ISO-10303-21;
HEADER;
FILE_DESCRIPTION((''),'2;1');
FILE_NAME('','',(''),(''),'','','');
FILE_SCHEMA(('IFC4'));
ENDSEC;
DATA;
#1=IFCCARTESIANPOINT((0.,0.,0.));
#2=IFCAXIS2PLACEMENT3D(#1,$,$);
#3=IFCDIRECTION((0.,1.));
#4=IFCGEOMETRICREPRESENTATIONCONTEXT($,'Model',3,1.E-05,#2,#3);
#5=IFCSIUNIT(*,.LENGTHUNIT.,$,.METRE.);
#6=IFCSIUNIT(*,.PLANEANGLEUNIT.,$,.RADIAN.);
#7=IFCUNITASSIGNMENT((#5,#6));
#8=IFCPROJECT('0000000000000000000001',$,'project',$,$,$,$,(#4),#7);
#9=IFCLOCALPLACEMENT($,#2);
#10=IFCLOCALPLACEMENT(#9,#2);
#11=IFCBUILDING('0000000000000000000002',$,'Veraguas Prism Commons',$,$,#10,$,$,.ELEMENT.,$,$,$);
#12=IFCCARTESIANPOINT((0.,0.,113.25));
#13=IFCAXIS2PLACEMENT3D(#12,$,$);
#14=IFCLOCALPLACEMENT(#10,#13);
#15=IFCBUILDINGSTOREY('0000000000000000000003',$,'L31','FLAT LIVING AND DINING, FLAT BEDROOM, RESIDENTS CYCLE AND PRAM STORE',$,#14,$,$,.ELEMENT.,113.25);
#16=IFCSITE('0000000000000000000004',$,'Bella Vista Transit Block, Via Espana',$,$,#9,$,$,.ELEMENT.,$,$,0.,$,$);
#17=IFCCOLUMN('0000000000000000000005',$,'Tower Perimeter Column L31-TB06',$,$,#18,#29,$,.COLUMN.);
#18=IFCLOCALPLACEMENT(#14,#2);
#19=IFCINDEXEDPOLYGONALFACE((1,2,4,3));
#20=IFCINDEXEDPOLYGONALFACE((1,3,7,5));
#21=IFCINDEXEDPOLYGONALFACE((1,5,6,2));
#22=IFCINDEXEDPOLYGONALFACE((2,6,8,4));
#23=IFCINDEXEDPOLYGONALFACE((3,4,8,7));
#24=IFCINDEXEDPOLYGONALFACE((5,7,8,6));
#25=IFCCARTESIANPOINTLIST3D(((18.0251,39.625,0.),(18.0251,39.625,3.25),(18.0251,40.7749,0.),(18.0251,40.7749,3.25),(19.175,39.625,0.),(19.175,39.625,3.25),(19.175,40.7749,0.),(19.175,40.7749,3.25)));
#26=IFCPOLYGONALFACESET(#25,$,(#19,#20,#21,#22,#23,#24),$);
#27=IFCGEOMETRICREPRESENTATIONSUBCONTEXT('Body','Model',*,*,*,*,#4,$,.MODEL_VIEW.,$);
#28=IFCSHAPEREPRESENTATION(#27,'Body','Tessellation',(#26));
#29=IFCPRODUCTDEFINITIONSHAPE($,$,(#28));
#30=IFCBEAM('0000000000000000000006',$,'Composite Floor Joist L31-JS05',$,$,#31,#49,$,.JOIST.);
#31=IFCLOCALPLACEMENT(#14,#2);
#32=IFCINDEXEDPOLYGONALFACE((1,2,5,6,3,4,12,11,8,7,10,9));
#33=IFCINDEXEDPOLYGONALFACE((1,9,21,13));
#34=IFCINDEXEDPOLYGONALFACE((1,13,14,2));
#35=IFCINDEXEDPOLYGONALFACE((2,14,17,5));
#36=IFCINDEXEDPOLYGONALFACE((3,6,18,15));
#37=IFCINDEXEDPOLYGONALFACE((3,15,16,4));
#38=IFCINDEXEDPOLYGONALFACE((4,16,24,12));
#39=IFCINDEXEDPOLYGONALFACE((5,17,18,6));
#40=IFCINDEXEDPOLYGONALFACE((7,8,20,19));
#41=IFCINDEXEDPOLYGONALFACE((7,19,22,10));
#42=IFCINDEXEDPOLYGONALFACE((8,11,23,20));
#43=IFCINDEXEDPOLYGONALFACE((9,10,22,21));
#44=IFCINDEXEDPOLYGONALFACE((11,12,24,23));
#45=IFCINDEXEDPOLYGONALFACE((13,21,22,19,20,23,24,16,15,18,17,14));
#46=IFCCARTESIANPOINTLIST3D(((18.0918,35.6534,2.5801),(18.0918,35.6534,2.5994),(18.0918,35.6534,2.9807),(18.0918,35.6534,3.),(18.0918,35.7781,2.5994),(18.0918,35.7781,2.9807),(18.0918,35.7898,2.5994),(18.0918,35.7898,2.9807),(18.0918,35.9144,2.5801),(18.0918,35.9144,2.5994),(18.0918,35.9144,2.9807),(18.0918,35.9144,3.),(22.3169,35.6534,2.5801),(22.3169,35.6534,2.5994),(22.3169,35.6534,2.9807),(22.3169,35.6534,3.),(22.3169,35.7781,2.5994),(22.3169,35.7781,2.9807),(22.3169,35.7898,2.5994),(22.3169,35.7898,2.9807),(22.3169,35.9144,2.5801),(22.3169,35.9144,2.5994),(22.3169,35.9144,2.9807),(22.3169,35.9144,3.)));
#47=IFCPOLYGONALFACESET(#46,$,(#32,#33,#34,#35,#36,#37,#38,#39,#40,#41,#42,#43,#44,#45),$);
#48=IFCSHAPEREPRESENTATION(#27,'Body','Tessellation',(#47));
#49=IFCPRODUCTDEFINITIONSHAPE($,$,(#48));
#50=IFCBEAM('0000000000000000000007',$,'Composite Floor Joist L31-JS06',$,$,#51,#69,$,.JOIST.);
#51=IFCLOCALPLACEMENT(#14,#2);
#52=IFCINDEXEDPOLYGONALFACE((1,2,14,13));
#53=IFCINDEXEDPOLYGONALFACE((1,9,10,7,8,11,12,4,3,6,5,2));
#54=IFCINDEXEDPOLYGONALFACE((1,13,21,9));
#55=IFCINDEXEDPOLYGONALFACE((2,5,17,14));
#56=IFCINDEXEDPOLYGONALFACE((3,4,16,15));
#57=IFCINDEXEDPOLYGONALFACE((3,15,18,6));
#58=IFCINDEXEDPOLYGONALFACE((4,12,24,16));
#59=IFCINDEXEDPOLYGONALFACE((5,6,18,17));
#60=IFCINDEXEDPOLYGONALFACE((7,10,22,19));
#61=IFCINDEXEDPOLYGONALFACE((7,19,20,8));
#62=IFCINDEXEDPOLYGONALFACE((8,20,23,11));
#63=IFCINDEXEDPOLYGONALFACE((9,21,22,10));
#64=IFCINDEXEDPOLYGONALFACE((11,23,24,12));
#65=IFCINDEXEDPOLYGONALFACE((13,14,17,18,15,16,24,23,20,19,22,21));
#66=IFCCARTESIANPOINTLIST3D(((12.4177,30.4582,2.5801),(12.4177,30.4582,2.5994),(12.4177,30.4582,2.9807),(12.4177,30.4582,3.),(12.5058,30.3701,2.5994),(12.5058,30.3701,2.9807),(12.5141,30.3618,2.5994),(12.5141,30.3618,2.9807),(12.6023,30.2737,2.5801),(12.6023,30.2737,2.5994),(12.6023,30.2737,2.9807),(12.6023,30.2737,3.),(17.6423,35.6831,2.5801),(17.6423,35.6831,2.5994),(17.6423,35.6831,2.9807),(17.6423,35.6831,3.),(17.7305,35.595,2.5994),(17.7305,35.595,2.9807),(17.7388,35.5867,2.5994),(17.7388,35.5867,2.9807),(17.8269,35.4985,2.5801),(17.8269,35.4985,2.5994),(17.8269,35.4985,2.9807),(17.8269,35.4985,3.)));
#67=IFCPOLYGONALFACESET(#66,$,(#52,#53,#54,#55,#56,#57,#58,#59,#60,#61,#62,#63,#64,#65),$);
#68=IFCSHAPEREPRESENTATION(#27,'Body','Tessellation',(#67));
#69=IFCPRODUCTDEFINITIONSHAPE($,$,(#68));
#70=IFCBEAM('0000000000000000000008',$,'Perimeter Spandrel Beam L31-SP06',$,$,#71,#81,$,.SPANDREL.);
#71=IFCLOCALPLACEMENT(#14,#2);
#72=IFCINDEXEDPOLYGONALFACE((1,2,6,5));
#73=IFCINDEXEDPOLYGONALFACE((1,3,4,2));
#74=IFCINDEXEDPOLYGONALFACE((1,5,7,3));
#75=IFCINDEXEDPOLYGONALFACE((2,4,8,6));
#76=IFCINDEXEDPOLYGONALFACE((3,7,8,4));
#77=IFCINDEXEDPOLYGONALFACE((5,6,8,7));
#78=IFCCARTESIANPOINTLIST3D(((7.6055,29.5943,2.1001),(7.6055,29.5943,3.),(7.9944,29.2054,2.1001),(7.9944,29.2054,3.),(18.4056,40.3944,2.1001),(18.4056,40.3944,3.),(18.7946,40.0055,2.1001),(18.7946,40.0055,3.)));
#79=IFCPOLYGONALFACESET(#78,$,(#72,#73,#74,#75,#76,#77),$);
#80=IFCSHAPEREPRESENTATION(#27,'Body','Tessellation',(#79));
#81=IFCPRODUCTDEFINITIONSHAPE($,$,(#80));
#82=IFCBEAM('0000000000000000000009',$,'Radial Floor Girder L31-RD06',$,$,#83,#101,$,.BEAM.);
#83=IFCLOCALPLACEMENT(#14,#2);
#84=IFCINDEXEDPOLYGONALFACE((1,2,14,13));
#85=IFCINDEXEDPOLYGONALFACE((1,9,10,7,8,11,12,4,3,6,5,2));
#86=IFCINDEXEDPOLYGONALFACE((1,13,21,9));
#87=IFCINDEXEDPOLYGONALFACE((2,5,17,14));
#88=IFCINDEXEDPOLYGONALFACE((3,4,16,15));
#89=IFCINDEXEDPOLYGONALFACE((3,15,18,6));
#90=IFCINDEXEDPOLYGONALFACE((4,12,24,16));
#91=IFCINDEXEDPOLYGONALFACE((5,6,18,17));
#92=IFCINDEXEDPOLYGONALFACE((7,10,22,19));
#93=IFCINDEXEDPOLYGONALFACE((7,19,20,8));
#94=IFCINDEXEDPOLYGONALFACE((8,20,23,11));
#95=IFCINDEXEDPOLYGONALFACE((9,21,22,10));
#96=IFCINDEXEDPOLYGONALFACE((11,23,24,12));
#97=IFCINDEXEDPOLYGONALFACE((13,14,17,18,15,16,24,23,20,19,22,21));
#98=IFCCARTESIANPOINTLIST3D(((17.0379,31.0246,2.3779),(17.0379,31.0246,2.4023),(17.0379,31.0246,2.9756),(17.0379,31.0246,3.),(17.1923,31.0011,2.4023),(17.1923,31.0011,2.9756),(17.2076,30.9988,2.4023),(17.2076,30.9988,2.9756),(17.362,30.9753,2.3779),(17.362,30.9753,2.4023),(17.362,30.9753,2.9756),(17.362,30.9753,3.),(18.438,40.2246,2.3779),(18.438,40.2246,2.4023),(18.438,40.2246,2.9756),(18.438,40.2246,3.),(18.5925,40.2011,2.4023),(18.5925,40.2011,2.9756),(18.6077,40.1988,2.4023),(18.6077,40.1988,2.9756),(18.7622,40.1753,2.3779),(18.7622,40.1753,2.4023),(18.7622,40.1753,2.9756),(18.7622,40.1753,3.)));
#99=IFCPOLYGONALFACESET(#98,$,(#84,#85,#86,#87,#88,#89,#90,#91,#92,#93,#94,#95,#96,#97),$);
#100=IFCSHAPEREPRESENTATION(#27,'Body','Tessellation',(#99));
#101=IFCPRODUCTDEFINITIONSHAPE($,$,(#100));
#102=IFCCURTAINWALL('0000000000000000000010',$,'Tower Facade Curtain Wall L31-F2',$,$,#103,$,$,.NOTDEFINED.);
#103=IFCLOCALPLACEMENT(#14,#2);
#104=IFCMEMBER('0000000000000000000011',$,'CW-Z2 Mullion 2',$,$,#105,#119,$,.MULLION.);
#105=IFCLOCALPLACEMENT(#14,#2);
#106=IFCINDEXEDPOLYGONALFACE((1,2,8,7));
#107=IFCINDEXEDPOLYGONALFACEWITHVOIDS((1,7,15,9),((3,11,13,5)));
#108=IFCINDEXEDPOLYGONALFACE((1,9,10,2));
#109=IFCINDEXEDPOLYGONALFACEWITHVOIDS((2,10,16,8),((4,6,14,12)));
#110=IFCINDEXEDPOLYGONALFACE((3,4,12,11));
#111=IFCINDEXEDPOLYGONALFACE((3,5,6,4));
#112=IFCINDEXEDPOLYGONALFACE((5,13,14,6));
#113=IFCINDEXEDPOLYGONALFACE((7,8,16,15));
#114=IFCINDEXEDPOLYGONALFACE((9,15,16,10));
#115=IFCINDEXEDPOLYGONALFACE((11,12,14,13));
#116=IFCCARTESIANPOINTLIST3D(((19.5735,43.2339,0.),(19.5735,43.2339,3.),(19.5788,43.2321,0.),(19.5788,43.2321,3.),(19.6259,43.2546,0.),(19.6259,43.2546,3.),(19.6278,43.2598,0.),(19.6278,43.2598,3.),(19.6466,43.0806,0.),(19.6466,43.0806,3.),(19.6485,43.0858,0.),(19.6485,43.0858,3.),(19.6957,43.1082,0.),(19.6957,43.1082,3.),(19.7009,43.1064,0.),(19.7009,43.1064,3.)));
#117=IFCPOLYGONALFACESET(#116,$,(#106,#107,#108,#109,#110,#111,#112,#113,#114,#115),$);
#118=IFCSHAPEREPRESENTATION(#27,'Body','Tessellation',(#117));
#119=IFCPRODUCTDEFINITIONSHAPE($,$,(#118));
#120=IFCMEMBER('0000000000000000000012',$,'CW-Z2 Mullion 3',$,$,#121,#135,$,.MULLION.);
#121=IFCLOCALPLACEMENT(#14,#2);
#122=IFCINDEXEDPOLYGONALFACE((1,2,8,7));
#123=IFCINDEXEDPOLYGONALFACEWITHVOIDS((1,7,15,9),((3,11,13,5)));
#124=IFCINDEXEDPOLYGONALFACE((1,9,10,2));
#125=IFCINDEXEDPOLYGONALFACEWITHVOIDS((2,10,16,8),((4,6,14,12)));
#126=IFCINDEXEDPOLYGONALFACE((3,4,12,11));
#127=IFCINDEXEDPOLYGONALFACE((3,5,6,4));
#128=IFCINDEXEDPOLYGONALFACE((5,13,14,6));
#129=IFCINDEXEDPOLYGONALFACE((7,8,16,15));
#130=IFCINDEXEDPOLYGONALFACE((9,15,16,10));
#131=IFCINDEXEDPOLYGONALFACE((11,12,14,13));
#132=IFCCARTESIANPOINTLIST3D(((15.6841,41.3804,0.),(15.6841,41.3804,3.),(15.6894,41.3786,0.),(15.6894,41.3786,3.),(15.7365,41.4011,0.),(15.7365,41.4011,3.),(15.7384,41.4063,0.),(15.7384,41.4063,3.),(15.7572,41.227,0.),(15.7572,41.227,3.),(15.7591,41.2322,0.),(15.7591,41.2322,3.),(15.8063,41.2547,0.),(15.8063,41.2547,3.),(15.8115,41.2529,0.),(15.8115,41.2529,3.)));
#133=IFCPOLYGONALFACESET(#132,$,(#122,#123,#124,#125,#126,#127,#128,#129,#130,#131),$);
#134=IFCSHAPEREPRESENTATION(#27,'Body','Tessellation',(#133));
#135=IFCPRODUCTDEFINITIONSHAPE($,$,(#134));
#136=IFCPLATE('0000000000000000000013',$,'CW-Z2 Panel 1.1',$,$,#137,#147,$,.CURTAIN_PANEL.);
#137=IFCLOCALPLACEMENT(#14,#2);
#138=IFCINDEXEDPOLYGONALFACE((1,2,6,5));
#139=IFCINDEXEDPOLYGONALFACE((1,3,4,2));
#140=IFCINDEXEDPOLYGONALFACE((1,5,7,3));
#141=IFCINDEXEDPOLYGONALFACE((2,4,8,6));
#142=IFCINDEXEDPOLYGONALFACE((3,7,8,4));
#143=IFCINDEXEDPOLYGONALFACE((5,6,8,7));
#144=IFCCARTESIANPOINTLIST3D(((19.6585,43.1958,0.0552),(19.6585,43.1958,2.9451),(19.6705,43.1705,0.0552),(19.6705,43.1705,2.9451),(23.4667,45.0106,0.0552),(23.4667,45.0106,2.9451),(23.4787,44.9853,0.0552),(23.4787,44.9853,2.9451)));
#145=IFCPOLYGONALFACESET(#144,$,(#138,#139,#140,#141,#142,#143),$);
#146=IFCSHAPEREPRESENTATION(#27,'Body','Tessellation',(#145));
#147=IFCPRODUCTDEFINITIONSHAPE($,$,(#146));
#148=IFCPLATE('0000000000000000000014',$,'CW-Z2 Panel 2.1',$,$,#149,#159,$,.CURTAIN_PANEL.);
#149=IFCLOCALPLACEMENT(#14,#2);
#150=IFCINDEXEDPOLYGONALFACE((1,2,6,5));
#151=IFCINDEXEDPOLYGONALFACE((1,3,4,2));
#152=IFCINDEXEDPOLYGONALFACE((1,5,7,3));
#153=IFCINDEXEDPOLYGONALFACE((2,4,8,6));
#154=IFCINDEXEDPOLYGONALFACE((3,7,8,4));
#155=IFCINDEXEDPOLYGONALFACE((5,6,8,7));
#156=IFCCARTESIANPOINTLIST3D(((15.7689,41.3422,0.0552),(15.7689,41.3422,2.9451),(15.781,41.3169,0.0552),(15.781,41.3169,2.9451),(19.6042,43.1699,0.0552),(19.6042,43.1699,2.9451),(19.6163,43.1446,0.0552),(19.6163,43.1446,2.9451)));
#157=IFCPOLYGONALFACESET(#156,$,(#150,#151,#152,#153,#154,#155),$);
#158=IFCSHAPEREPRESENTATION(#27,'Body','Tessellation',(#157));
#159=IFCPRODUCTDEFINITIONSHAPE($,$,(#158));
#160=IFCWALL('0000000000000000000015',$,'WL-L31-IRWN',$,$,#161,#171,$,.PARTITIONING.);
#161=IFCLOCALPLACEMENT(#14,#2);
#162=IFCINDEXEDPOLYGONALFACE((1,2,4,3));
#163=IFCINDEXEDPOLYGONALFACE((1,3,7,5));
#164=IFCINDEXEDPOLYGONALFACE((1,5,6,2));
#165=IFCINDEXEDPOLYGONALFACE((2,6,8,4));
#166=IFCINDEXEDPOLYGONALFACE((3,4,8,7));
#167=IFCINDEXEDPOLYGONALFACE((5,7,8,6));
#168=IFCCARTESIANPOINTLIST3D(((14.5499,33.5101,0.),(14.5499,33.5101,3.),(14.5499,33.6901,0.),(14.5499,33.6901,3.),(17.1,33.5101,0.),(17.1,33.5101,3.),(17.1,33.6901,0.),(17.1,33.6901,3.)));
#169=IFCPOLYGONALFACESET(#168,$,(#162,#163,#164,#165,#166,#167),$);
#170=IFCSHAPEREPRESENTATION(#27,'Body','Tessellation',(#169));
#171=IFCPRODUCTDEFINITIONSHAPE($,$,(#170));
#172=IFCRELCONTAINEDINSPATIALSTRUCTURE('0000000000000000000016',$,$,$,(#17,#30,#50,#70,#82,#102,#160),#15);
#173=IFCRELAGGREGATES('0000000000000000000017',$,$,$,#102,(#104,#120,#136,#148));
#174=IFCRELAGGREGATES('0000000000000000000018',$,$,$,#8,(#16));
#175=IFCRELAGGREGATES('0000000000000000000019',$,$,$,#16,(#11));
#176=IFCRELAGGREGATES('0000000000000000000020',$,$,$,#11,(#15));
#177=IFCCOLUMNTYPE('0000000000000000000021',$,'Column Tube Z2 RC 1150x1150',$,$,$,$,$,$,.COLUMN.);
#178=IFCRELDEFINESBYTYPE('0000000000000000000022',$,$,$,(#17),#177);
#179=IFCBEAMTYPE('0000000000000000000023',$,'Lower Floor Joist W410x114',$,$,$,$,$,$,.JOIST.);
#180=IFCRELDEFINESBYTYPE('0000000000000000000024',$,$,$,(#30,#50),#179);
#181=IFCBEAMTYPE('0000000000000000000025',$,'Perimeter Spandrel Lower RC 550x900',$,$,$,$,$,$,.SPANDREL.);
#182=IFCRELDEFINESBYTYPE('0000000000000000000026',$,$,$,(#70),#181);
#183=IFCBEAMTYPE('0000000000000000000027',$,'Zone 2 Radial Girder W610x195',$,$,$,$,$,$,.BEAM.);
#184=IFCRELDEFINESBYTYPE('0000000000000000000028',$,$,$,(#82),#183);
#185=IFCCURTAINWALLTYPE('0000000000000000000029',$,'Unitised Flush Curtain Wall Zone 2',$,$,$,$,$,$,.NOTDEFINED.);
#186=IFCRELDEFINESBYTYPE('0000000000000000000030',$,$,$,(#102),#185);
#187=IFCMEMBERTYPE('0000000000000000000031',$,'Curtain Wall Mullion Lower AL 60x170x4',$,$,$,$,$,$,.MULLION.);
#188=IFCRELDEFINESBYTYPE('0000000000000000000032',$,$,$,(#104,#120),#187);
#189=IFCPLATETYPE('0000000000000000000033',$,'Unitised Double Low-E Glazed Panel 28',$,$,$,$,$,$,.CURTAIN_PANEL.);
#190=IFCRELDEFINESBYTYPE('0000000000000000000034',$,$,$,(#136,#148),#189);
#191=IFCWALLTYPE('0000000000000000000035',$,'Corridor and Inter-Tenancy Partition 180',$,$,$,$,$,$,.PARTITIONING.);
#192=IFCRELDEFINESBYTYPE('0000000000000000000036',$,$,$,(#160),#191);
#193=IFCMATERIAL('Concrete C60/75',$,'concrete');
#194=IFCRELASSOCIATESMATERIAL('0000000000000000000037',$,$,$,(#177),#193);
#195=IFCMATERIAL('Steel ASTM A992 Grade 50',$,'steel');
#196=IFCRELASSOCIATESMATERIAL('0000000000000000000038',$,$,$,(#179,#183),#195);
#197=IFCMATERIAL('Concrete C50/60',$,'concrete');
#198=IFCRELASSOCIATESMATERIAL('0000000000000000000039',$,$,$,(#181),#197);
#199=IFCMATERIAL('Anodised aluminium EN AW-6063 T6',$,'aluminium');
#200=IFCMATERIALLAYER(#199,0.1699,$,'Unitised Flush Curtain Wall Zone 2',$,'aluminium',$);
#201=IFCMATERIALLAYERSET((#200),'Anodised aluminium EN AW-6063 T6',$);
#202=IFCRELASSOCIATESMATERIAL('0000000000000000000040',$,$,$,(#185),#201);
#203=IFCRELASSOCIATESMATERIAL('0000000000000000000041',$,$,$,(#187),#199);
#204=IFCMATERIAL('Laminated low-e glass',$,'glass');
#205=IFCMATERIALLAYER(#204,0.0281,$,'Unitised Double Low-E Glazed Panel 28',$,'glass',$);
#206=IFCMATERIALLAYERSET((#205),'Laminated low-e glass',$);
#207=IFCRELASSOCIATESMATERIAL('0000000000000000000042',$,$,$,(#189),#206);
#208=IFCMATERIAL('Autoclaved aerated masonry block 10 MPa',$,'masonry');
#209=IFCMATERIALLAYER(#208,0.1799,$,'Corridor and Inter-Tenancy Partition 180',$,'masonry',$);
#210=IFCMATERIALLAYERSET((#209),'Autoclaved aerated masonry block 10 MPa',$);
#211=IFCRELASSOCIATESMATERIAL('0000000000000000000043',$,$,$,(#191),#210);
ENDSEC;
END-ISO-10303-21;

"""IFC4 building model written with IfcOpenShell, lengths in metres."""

from ifc_helpers import new_model, si_unit, direction, frame, frame_2d, origin, origin_2d, place, context, subcontext, project, spatial, rectangle, hollow_rectangle, i_section, extrude, source, transform, mapped, material, layer, layer_set, material_profile, profile_set, type_object, element, aggregate, save


model = new_model("IFC4")

# Units and contexts
model_context = context("Model", 3, precision=1e-05, world=origin(), true_north=direction((0.0, 1.0)))
body_context = subcontext(model_context, "Body", "Model", "MODEL_VIEW")
ifc_project = project(units=[si_unit("LENGTHUNIT", "METRE"), si_unit("PLANEANGLEUNIT", "RADIAN")], contexts=[model_context])

# Site, building, storey
site_placement = place(None, origin())
site = spatial("IfcSite", under=ifc_project, at=site_placement, Name="Bella Vista Transit Block, Via Espana", CompositionType="ELEMENT", RefElevation=0.0)
building_placement = place(site_placement, origin())
building = spatial("IfcBuilding", under=site, at=building_placement, Name="Veraguas Prism Commons", CompositionType="ELEMENT")
storey_placement = place(building_placement, frame((0.0, 0.0, 113.25)))
storey = spatial("IfcBuildingStorey", under=building, at=storey_placement, Name="L31", Description="FLAT LIVING AND DINING, FLAT BEDROOM, RESIDENTS CYCLE AND PRAM STORE", CompositionType="ELEMENT", Elevation=113.25)

# Column
ifc_material_1 = material(Name="Concrete C60/75", Category="concrete")
ifc_material_profile_1 = material_profile(ifc_material_1, rectangle(XDim=1.1499, YDim=1.1499, at=origin_2d()), Name="RC1150X1150")
ifc_profile_set_1 = profile_set([ifc_material_profile_1], Name="Concrete C60/75")
column_type = type_object("IfcColumnType", Name="Column Tube Z2 RC 1150x1150", PredefinedType="COLUMN", material=ifc_profile_set_1)
column_placement = place(storey_placement, frame((18.6001, 40.2, 0.0), z_axis=(0.0, 0.0, 1.0), x_axis=(1.0, 0.0, 0.0)))
element("IfcColumn", 1, at=column_placement, inside=storey, type_object=column_type, Name="Tower Perimeter Column L31-TB06", PredefinedType="COLUMN", context=body_context, shape_type="SweptSolid", body=[
    extrude(rectangle(XDim=1.1499, YDim=1.1499, at=origin_2d()), origin(), (0.0, 0.0, 1.0), 3.25),
])

# Beams
ifc_material_2 = material(Name="Steel ASTM A992 Grade 50", Category="steel")
ifc_material_profile_2 = material_profile(ifc_material_2, i_section(OverallWidth=0.261, OverallDepth=0.4199, WebThickness=0.0117, FlangeThickness=0.0193, at=origin_2d()), Name="W410X114")
ifc_profile_set_2 = profile_set([ifc_material_profile_2], Name="Steel ASTM A992 Grade 50")
beam_type_1 = type_object("IfcBeamType", Name="Lower Floor Joist W410x114", PredefinedType="JOIST", material=ifc_profile_set_2)
beam_1_placement = place(storey_placement, frame((22.3169, 35.7839, 2.79), z_axis=(-1.0, 0.0, 0.0), x_axis=(0.0, -1.0, 0.0)))
element("IfcBeam", 2, at=beam_1_placement, inside=storey, type_object=beam_type_1, Name="Composite Floor Joist L31-JS05", PredefinedType="JOIST", context=body_context, shape_type="SweptSolid", body=[
    extrude(i_section(OverallWidth=0.261, OverallDepth=0.4199, WebThickness=0.0117, FlangeThickness=0.0193, at=origin_2d()), origin(), (0.0, 0.0, 1.0), 4.2251),
])
beam_2_placement = place(storey_placement, frame((17.7346, 35.5908, 2.79), z_axis=(-0.70709, -0.707123, 0.0), x_axis=(0.707123, -0.70709, 0.0)))
element("IfcBeam", 3, at=beam_2_placement, inside=storey, type_object=beam_type_1, Name="Composite Floor Joist L31-JS06", PredefinedType="JOIST", context=body_context, shape_type="SweptSolid", body=[
    extrude(i_section(OverallWidth=0.261, OverallDepth=0.4199, WebThickness=0.0117, FlangeThickness=0.0193, at=origin_2d()), origin(), (0.0, 0.0, 1.0), 7.3889),
])
ifc_material_3 = material(Name="Concrete C50/60", Category="concrete")
ifc_material_profile_3 = material_profile(ifc_material_3, rectangle(XDim=0.55, YDim=0.8999, at=origin_2d()), Name="RC550X900")
ifc_profile_set_3 = profile_set([ifc_material_profile_3], Name="Concrete C50/60")
beam_type_2 = type_object("IfcBeamType", Name="Perimeter Spandrel Lower RC 550x900", PredefinedType="SPANDREL", material=ifc_profile_set_3)
beam_3_placement = place(storey_placement, frame((18.6001, 40.2, 2.55), z_axis=(-0.707107, -0.707107, 0.0), x_axis=(0.707107, -0.707107, 0.0)))
element("IfcBeam", 4, at=beam_3_placement, inside=storey, type_object=beam_type_2, Name="Perimeter Spandrel Beam L31-SP06", PredefinedType="SPANDREL", context=body_context, shape_type="SweptSolid", body=[
    extrude(rectangle(XDim=0.55, YDim=0.8999, at=origin_2d()), origin(), (0.0, 0.0, 1.0), 15.2737),
])
ifc_material_profile_4 = material_profile(ifc_material_2, i_section(OverallWidth=0.3279, OverallDepth=0.6221, WebThickness=0.0154, FlangeThickness=0.0244, at=origin_2d()), Name="W610X195")
ifc_profile_set_4 = profile_set([ifc_material_profile_4], Name="Steel ASTM A992 Grade 50")
beam_type_3 = type_object("IfcBeamType", Name="Zone 2 Radial Girder W610x195", PredefinedType="BEAM", material=ifc_profile_set_4)
beam_4_placement = place(storey_placement, frame((18.6001, 40.2, 2.689), z_axis=(-0.150458, -0.988616, 0.0), x_axis=(0.988616, -0.150458, 0.0)))
element("IfcBeam", 5, at=beam_4_placement, inside=storey, type_object=beam_type_3, Name="Radial Floor Girder L31-RD06", PredefinedType="BEAM", context=body_context, shape_type="SweptSolid", body=[
    extrude(i_section(OverallWidth=0.3279, OverallDepth=0.6221, WebThickness=0.0154, FlangeThickness=0.0244, at=origin_2d()), origin(), (0.0, 0.0, 1.0), 9.3059),
])

# Curtain wall, members, plates
ifc_material_4 = material(Name="Anodised aluminium EN AW-6063 T6", Category="aluminium")
ifc_layer_1 = layer(ifc_material_4, 0.1699, Name="Unitised Flush Curtain Wall Zone 2", Category="aluminium")
ifc_layer_set_1 = layer_set([ifc_layer_1], Name="Anodised aluminium EN AW-6063 T6")
curtain_wall_type = type_object("IfcCurtainWallType", Name="Unitised Flush Curtain Wall Zone 2", PredefinedType="NOTDEFINED", material=ifc_layer_set_1)
curtain_wall_placement = place(storey_placement, origin())
curtain_wall = element("IfcCurtainWall", 6, at=curtain_wall_placement, inside=storey, type_object=curtain_wall_type, Name="Tower Facade Curtain Wall L31-F2", PredefinedType="NOTDEFINED")
ifc_material_profile_5 = material_profile(ifc_material_4, hollow_rectangle(XDim=0.0601, YDim=0.1699, WallThickness=0.0039, at=origin_2d()), Name="AL60X170X4")
ifc_profile_set_5 = profile_set([ifc_material_profile_5], Name="Anodised aluminium EN AW-6063 T6")
member_type = type_object("IfcMemberType", Name="Curtain Wall Mullion Lower AL 60x170x4", PredefinedType="MULLION", material=ifc_profile_set_5)
shared_shape_1 = source(origin(), body_context, "Body", "SweptSolid", [
    extrude(hollow_rectangle(XDim=0.0601, YDim=0.1699, WallThickness=0.0039, at=origin_2d()), origin(), (0.0, 0.0, 1.0), 3.0),
])
member_1_placement = place(storey_placement, frame((19.6372, 43.1702, 0.0), z_axis=(0.0, 0.0, 1.0), x_axis=(-0.902734, -0.430199, 0.0)))
member_1 = element("IfcMember", 7, at=member_1_placement, type_object=member_type, Name="CW-Z2 Mullion 2", PredefinedType="MULLION", context=body_context, shape_type="MappedRepresentation", body=[
    mapped(shared_shape_1, transform((0.0, 0.0, 0.0), scale=1.0)),
])
member_2_placement = place(storey_placement, frame((15.7478, 41.3167, 0.0), z_axis=(0.0, 0.0, 1.0), x_axis=(-0.902734, -0.430199, 0.0)))
member_2 = element("IfcMember", 8, at=member_2_placement, type_object=member_type, Name="CW-Z2 Mullion 3", PredefinedType="MULLION", context=body_context, shape_type="MappedRepresentation", body=[
    mapped(shared_shape_1, transform((0.0, 0.0, 0.0), scale=1.0)),
])
ifc_material_5 = material(Name="Laminated low-e glass", Category="glass")
ifc_layer_2 = layer(ifc_material_5, 0.0281, Name="Unitised Double Low-E Glazed Panel 28", Category="glass")
ifc_layer_set_2 = layer_set([ifc_layer_2], Name="Laminated low-e glass")
plate_type = type_object("IfcPlateType", Name="Unitised Double Low-E Glazed Panel 28", PredefinedType="CURTAIN_PANEL", material=ifc_layer_set_2)
shared_shape_2 = source(origin(), body_context, "Body", "SweptSolid", [
    extrude(rectangle(XDim=4.2185, YDim=0.0281, at=origin_2d()), origin(), (0.0, 0.0, 1.0), 2.8899),
])
plate_1_placement = place(storey_placement, frame((21.5686, 44.0906, 0.0552), z_axis=(0.0, 0.0, 1.0), x_axis=(-0.902734, -0.430199, 0.0)))
plate_1 = element("IfcPlate", 9, at=plate_1_placement, type_object=plate_type, Name="CW-Z2 Panel 1.1", PredefinedType="CURTAIN_PANEL", context=body_context, shape_type="MappedRepresentation", body=[
    mapped(shared_shape_2, transform((0.0, 0.0, 0.0), scale=1.0)),
])
shared_shape_3 = source(origin(), body_context, "Body", "SweptSolid", [
    extrude(rectangle(XDim=4.2485, YDim=0.0281, at=origin_2d()), origin(), (0.0, 0.0, 1.0), 2.8899),
])
plate_2_placement = place(storey_placement, frame((17.6926, 42.2434, 0.0552), z_axis=(0.0, 0.0, 1.0), x_axis=(-0.902734, -0.430199, 0.0)))
plate_2 = element("IfcPlate", 10, at=plate_2_placement, type_object=plate_type, Name="CW-Z2 Panel 2.1", PredefinedType="CURTAIN_PANEL", context=body_context, shape_type="MappedRepresentation", body=[
    mapped(shared_shape_3, transform((0.0, 0.0, 0.0), scale=1.0)),
])
aggregate(curtain_wall, [member_1, member_2, plate_1, plate_2])

# Wall
ifc_material_6 = material(Name="Autoclaved aerated masonry block 10 MPa", Category="masonry")
ifc_layer_3 = layer(ifc_material_6, 0.1799, Name="Corridor and Inter-Tenancy Partition 180", Category="masonry")
ifc_layer_set_3 = layer_set([ifc_layer_3], Name="Autoclaved aerated masonry block 10 MPa")
wall_type_1 = type_object("IfcWallType", Name="Corridor and Inter-Tenancy Partition 180", PredefinedType="PARTITIONING", material=ifc_layer_set_3)
wall_1_placement = place(storey_placement, frame((14.55, 33.6001, 0.0), z_axis=(0.0, 0.0, 1.0), x_axis=(1.0, 0.0, 0.0)))
element("IfcWall", 11, at=wall_1_placement, inside=storey, type_object=wall_type_1, Name="WL-L31-IRWN", PredefinedType="PARTITIONING", context=body_context, shape_type="SweptSolid", body=[
    extrude(rectangle(XDim=2.55, YDim=0.1799, at=frame_2d((1.2749, 0.0))), origin(), (0.0, 0.0, 1.0), 3.0),
])

save(model, "model.ifc")
